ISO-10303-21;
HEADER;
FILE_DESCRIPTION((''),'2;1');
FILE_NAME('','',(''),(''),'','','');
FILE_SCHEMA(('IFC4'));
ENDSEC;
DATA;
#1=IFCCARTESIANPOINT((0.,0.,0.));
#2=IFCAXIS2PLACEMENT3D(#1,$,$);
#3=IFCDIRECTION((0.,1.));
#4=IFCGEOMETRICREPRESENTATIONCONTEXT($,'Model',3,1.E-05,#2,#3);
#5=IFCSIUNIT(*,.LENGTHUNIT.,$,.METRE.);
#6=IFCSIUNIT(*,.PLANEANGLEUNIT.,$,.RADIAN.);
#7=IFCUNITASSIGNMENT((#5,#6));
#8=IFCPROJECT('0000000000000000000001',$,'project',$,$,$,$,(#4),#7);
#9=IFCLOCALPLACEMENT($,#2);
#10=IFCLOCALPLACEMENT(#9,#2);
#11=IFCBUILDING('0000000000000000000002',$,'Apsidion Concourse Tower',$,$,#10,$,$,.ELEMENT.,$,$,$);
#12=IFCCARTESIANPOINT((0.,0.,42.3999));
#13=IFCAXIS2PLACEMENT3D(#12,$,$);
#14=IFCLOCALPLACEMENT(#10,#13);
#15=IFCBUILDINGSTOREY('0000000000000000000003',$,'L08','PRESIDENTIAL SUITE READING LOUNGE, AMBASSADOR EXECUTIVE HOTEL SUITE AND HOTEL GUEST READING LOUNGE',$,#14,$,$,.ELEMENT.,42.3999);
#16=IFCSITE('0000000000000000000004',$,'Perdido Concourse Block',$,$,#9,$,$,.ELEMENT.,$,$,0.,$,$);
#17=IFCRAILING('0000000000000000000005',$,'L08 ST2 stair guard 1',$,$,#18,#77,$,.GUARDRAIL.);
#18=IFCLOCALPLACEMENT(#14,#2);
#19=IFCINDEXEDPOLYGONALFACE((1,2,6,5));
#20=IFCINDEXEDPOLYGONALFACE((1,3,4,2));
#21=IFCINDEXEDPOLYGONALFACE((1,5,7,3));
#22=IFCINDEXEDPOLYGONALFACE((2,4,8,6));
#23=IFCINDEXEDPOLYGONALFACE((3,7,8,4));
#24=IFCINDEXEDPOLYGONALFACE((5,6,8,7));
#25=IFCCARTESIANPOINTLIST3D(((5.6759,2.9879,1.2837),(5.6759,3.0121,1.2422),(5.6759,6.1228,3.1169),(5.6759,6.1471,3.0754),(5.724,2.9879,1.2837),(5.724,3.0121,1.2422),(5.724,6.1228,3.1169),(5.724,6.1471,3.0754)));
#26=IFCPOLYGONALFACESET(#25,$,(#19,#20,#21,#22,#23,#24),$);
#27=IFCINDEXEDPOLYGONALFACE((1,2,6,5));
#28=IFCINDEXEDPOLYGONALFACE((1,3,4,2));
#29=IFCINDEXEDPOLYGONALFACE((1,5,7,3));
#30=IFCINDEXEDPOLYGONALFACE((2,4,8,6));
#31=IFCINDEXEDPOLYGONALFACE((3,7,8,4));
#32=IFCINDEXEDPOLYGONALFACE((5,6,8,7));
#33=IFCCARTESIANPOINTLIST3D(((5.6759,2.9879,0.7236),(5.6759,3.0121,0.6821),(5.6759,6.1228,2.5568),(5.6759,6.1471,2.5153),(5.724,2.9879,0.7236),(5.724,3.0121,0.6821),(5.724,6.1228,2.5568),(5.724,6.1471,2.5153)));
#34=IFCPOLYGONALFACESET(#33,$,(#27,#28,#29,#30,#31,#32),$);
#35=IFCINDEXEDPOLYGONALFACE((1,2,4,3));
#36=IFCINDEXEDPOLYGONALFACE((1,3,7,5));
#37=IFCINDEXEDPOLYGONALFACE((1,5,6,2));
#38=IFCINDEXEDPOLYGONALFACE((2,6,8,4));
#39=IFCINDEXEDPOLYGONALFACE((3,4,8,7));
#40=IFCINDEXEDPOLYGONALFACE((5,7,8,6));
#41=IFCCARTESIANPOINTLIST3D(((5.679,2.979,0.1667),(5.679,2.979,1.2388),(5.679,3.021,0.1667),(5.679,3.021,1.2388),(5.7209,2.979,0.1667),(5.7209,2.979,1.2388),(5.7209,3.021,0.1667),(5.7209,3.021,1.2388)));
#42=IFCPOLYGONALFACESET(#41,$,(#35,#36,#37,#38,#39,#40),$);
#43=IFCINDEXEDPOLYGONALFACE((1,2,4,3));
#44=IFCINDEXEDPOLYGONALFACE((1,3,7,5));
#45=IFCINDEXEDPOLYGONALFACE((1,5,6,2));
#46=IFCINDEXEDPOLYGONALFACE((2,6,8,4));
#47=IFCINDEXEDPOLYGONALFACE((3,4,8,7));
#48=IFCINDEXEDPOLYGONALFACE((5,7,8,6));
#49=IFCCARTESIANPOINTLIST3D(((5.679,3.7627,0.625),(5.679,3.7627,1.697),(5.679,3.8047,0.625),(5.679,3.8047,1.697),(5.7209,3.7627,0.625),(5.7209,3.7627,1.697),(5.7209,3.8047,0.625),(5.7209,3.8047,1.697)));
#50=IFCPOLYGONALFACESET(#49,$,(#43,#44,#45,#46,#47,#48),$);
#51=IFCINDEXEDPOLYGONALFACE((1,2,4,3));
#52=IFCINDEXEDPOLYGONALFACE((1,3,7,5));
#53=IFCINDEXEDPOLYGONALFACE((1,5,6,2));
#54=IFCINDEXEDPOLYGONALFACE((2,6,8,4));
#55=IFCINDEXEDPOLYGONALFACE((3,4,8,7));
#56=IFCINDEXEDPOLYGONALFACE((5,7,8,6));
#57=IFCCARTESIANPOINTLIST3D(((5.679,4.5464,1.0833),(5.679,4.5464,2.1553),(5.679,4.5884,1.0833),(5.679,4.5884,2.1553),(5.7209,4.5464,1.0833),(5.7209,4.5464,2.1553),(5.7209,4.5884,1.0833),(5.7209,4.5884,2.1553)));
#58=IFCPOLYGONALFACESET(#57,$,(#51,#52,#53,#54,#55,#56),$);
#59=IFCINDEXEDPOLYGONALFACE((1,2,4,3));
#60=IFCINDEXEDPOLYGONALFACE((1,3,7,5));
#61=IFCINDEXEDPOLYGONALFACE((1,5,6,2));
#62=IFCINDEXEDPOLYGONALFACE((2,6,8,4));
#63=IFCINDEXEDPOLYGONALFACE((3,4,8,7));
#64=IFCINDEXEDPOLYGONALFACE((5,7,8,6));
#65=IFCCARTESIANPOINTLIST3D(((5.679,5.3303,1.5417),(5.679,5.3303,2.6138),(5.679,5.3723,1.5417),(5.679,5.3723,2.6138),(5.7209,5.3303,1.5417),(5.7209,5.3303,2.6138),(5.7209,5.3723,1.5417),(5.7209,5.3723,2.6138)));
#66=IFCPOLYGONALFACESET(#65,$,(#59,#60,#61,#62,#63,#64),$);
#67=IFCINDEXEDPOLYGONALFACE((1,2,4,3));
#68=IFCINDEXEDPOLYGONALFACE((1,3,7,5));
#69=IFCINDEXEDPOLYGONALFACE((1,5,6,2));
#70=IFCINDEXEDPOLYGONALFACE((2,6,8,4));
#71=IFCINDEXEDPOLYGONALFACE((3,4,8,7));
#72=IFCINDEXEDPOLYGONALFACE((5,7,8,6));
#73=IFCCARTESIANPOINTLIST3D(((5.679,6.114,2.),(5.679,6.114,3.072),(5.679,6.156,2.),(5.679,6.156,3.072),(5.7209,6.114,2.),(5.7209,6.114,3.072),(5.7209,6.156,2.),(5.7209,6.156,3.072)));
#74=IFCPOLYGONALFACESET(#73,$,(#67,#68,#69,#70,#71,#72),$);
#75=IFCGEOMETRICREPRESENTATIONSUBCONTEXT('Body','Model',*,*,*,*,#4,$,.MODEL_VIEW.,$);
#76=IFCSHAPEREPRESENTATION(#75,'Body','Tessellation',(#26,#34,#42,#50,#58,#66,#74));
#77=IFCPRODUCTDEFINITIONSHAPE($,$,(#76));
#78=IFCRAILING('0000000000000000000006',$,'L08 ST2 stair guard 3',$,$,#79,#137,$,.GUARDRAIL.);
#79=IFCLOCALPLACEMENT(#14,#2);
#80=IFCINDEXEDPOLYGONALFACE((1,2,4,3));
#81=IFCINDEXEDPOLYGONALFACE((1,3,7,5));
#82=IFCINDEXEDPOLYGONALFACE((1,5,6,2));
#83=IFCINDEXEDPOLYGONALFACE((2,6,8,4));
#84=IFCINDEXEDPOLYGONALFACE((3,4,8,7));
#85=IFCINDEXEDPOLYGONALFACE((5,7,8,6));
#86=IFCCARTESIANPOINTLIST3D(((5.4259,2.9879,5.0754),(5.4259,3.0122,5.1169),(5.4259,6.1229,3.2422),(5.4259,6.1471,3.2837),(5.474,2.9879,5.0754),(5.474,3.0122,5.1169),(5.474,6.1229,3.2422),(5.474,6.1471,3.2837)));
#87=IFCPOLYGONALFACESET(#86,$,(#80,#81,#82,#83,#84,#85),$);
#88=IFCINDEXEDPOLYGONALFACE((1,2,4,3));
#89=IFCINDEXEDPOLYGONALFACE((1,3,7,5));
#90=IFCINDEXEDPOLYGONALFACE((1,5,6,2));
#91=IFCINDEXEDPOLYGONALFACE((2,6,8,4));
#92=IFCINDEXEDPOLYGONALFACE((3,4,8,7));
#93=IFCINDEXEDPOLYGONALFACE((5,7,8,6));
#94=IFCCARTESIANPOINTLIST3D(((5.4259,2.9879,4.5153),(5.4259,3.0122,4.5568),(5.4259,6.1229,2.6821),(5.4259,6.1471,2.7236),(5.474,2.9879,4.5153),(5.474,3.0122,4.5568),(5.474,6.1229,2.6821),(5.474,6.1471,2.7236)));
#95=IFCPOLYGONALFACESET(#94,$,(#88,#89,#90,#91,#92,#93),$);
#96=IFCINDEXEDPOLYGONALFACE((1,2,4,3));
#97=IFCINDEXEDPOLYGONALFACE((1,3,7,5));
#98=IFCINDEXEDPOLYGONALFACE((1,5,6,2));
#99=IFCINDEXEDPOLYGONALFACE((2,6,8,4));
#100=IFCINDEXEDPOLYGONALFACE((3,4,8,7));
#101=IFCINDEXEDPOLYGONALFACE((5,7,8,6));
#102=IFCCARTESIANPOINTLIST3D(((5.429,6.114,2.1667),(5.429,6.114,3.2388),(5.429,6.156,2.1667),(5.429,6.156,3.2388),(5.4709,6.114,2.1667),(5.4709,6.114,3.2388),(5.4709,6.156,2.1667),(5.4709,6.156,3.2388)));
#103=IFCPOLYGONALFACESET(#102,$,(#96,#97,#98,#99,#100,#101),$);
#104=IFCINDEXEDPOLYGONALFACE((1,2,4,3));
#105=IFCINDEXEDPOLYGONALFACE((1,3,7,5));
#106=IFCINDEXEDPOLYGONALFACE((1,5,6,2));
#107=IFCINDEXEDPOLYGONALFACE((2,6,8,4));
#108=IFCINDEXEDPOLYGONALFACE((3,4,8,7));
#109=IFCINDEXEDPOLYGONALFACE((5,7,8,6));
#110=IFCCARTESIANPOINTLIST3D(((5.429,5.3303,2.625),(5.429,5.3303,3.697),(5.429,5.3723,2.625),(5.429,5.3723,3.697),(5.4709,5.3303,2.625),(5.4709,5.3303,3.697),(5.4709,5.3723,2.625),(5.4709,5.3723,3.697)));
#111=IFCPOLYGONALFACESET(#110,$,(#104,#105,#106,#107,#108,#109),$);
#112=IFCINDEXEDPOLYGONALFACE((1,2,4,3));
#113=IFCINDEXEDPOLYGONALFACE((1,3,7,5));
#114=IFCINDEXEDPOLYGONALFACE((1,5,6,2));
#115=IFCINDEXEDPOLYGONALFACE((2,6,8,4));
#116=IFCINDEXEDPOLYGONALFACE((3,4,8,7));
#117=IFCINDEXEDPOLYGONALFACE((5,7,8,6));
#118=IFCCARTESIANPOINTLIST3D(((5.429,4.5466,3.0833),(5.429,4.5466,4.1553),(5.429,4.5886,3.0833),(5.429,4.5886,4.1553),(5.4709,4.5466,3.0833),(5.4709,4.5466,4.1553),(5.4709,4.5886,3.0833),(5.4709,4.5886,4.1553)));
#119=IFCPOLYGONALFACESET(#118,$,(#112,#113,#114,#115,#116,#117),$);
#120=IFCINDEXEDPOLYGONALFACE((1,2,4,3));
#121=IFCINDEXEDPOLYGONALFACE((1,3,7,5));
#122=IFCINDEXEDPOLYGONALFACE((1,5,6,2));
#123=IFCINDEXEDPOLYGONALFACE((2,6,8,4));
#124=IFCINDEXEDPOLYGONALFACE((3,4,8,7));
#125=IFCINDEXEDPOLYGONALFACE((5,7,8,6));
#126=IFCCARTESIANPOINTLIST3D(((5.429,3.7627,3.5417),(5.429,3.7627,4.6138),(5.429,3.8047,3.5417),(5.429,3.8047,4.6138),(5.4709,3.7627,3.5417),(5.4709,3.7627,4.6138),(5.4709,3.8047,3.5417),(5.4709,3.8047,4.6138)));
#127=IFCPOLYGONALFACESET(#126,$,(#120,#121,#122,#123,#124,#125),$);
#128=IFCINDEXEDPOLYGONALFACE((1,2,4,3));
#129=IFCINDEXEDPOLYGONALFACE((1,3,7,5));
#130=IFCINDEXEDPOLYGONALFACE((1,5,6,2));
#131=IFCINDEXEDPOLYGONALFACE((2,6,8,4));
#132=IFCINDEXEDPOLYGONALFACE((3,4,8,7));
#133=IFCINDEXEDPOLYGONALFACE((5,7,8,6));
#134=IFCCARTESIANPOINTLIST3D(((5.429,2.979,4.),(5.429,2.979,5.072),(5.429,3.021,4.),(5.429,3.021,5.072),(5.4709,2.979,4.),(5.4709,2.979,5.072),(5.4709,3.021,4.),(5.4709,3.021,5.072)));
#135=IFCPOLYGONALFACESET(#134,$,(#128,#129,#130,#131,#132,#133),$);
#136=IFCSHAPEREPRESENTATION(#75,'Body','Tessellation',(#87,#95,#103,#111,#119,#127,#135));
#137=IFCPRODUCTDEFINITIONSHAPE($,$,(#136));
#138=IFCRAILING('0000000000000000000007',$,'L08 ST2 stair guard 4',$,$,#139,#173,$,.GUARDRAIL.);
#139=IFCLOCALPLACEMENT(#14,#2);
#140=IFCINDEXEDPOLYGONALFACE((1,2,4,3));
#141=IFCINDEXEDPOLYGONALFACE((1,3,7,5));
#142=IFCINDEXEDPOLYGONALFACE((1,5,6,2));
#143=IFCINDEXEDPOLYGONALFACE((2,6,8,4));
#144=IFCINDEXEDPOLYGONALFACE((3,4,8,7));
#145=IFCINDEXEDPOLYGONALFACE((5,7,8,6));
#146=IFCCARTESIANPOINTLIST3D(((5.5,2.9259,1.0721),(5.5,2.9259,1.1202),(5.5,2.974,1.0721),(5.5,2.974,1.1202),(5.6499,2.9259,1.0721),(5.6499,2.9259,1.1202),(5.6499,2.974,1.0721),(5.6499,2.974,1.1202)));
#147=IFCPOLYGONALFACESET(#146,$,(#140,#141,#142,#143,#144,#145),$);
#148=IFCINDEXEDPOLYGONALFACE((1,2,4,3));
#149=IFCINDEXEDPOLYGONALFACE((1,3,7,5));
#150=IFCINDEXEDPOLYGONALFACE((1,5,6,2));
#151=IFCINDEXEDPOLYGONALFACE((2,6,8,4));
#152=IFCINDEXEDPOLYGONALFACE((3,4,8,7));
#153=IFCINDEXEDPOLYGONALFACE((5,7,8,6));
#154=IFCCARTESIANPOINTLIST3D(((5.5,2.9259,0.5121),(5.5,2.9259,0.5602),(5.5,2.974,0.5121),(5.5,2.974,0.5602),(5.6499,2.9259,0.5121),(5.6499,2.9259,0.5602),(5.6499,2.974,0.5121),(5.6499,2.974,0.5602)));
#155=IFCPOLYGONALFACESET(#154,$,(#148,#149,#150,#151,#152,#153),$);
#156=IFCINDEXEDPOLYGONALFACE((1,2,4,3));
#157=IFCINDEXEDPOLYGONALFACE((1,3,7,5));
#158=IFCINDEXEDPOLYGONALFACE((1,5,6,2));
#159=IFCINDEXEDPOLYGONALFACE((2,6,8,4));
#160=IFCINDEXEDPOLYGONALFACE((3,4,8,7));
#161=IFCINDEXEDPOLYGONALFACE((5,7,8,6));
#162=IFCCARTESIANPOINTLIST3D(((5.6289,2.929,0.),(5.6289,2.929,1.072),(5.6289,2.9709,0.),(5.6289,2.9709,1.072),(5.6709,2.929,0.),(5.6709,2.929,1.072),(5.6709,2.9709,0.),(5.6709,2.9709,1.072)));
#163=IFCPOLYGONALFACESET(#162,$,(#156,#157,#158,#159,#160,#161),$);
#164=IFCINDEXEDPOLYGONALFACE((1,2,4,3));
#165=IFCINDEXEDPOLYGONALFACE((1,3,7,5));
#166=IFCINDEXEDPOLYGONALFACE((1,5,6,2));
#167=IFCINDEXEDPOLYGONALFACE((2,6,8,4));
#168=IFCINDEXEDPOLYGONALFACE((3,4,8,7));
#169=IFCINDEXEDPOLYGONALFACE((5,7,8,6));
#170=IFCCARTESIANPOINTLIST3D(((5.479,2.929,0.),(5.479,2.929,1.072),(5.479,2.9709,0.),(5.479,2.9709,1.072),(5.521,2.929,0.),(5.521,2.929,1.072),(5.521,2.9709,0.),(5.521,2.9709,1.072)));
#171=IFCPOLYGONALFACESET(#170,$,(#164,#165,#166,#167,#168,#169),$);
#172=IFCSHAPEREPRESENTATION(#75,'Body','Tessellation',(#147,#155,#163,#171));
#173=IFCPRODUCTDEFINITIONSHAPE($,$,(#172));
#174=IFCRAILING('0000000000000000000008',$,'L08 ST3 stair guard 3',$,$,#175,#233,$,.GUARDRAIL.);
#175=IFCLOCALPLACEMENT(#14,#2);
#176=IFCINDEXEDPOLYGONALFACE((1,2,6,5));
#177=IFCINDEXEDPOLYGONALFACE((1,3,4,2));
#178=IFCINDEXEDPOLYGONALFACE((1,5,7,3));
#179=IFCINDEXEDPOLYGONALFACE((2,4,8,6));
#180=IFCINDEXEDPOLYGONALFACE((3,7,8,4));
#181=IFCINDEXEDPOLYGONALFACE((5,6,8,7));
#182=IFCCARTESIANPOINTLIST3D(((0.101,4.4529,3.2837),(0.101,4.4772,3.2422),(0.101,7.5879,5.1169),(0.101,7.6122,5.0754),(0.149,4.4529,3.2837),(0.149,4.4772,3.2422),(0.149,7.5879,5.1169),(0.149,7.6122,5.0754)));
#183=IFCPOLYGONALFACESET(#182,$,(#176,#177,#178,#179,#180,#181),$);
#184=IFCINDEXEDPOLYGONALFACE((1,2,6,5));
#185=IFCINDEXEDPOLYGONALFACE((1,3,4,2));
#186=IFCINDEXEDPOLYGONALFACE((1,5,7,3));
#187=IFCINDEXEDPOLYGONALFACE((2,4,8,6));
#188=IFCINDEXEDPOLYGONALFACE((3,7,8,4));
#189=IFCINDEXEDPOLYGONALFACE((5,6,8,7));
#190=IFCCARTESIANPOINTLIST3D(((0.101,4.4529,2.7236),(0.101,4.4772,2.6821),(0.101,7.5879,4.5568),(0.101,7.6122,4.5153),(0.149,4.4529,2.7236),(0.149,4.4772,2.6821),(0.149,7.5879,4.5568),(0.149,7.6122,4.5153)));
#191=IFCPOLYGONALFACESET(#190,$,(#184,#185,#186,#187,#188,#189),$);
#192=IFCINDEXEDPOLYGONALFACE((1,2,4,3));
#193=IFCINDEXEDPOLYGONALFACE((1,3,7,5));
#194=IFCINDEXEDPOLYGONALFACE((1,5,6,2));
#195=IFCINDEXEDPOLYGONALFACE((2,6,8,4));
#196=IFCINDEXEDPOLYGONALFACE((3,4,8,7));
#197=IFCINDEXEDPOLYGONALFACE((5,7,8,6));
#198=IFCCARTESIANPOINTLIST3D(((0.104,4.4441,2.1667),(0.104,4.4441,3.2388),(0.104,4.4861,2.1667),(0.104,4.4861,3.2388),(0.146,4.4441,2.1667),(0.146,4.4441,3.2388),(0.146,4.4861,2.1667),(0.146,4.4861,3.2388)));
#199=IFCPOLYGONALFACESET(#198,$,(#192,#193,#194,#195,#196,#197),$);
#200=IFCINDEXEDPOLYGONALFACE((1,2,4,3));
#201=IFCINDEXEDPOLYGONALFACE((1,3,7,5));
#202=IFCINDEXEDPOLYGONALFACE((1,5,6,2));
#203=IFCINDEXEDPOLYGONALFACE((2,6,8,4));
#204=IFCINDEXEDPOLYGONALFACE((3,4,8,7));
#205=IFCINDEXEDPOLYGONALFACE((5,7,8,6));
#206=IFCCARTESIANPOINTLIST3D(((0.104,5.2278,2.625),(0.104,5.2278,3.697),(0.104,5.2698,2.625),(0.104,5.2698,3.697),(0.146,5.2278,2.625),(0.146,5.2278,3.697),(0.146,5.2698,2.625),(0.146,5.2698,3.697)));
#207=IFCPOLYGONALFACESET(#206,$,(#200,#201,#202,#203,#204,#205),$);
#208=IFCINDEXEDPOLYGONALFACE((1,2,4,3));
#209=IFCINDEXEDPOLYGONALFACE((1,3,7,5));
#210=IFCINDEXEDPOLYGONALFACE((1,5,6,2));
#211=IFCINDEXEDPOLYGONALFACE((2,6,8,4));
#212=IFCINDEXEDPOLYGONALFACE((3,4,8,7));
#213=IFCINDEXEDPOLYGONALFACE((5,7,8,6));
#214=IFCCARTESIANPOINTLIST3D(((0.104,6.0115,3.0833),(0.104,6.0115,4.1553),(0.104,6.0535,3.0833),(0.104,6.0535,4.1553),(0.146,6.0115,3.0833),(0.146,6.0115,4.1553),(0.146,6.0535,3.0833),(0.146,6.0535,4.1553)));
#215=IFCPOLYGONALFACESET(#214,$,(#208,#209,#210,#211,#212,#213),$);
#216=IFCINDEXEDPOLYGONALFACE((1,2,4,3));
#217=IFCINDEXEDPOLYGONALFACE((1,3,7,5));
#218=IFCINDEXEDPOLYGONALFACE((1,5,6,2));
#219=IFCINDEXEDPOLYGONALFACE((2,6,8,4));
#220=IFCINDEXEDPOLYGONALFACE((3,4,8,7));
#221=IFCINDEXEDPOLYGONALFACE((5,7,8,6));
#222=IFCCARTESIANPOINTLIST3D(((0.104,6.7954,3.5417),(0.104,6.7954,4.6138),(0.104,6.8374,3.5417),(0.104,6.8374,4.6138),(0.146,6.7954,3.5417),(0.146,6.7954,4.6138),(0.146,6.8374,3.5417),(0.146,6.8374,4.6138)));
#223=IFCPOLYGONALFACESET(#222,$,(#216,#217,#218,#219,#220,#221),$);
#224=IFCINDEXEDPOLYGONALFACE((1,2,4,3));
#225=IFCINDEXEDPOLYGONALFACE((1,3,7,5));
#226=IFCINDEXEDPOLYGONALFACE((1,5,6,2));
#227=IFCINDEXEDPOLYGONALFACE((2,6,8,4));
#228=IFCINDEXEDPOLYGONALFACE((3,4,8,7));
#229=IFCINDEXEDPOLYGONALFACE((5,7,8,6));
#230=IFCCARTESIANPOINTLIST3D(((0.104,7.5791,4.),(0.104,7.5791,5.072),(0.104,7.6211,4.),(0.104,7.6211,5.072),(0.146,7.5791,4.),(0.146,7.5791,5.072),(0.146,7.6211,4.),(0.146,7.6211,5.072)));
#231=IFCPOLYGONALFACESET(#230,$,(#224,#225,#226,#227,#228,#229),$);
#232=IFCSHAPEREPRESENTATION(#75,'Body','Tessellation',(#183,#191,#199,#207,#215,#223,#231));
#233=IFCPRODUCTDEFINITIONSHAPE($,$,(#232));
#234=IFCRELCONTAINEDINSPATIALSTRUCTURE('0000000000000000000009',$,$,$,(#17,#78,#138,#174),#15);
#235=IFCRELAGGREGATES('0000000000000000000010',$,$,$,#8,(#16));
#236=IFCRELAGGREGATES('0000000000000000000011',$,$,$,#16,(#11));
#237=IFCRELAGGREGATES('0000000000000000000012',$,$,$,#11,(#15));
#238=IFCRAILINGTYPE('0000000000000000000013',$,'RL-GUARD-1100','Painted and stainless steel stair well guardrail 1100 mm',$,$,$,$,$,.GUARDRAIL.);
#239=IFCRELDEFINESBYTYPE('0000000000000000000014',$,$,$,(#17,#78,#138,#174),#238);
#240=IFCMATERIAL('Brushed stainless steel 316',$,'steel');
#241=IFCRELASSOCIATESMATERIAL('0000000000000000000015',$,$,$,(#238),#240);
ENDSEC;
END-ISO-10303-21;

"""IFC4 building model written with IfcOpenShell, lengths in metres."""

from ifc_helpers import new_model, si_unit, direction, frame, origin, origin_2d, place, context, subcontext, project, spatial, rectangle, extrude, material, type_object, element, save


model = new_model("IFC4")

# Units and contexts
model_context = context("Model", 3, precision=1e-05, world=origin(), true_north=direction((0.0, 1.0)))
body_context = subcontext(model_context, "Body", "Model", "MODEL_VIEW")
ifc_project = project(units=[si_unit("LENGTHUNIT", "METRE"), si_unit("PLANEANGLEUNIT", "RADIAN")], contexts=[model_context])

# Site, building, storey
site_placement = place(None, origin())
site = spatial("IfcSite", under=ifc_project, at=site_placement, Name="Perdido Concourse Block", CompositionType="ELEMENT", RefElevation=0.0)
building_placement = place(site_placement, origin())
building = spatial("IfcBuilding", under=site, at=building_placement, Name="Apsidion Concourse Tower", CompositionType="ELEMENT")
storey_placement = place(building_placement, frame((0.0, 0.0, 42.3999)))
storey = spatial("IfcBuildingStorey", under=building, at=storey_placement, Name="L08", Description="PRESIDENTIAL SUITE READING LOUNGE, AMBASSADOR EXECUTIVE HOTEL SUITE AND HOTEL GUEST READING LOUNGE", CompositionType="ELEMENT", Elevation=42.3999)

# Railings
ifc_material_1 = material(Name="Brushed stainless steel 316", Category="steel")
railing_type_1 = type_object("IfcRailingType", Name="RL-GUARD-1100", Description="Painted and stainless steel stair well guardrail 1100 mm", PredefinedType="GUARDRAIL", material=ifc_material_1)
railing_1_placement = place(storey_placement, frame((5.7, 3.0, 0.1667)))
element("IfcRailing", 1, at=railing_1_placement, inside=storey, type_object=railing_type_1, Name="L08 ST2 stair guard 1", PredefinedType="GUARDRAIL", context=body_context, shape_type="SweptSolid", body=[
    extrude(rectangle(XDim=0.0481, YDim=0.0481, at=origin_2d()), frame((0.0, 0.0, 1.0962), z_axis=(0.0, 0.86324, 0.504794), x_axis=(-1.0, 0.0, 0.0)), (0.0, 0.0, 1.0), 3.6316),
    extrude(rectangle(XDim=0.0481, YDim=0.0481, at=origin_2d()), frame((0.0, 0.0, 0.5361), z_axis=(0.0, 0.86324, 0.504794), x_axis=(-1.0, 0.0, 0.0)), (0.0, 0.0, 1.0), 3.6316),
    extrude(rectangle(XDim=0.042, YDim=0.042, at=origin_2d()), origin(), (0.0, 0.0, 1.0), 1.072),
    extrude(rectangle(XDim=0.042, YDim=0.042, at=origin_2d()), frame((0.0, 0.7837, 0.4583)), (0.0, 0.0, 1.0), 1.072),
    extrude(rectangle(XDim=0.042, YDim=0.042, at=origin_2d()), frame((0.0, 1.5674, 0.9165)), (0.0, 0.0, 1.0), 1.072),
    extrude(rectangle(XDim=0.042, YDim=0.042, at=origin_2d()), frame((0.0, 2.3513, 1.375)), (0.0, 0.0, 1.0), 1.072),
    extrude(rectangle(XDim=0.042, YDim=0.042, at=origin_2d()), frame((0.0, 3.135, 1.8333)), (0.0, 0.0, 1.0), 1.072),
])
railing_2_placement = place(storey_placement, frame((5.45, 6.135, 2.1667)))
element("IfcRailing", 2, at=railing_2_placement, inside=storey, type_object=railing_type_1, Name="L08 ST2 stair guard 3", PredefinedType="GUARDRAIL", context=body_context, shape_type="SweptSolid", body=[
    extrude(rectangle(XDim=0.0481, YDim=0.0481, at=origin_2d()), frame((0.0, 0.0, 1.0962), z_axis=(0.0, -0.86324, 0.504794), x_axis=(1.0, 0.0, 0.0)), (0.0, 0.0, 1.0), 3.6316),
    extrude(rectangle(XDim=0.0481, YDim=0.0481, at=origin_2d()), frame((0.0, 0.0, 0.5361), z_axis=(0.0, -0.86324, 0.504794), x_axis=(1.0, 0.0, 0.0)), (0.0, 0.0, 1.0), 3.6316),
    extrude(rectangle(XDim=0.042, YDim=0.042, at=origin_2d()), origin(), (0.0, 0.0, 1.0), 1.072),
    extrude(rectangle(XDim=0.042, YDim=0.042, at=origin_2d()), frame((0.0, -0.7837, 0.4583)), (0.0, 0.0, 1.0), 1.072),
    extrude(rectangle(XDim=0.042, YDim=0.042, at=origin_2d()), frame((0.0, -1.5674, 0.9165)), (0.0, 0.0, 1.0), 1.072),
    extrude(rectangle(XDim=0.042, YDim=0.042, at=origin_2d()), frame((0.0, -2.3513, 1.375)), (0.0, 0.0, 1.0), 1.072),
    extrude(rectangle(XDim=0.042, YDim=0.042, at=origin_2d()), frame((0.0, -3.135, 1.8333)), (0.0, 0.0, 1.0), 1.072),
])
railing_3_placement = place(storey_placement, frame((5.6499, 2.95, 0.0)))
element("IfcRailing", 3, at=railing_3_placement, inside=storey, type_object=railing_type_1, Name="L08 ST2 stair guard 4", PredefinedType="GUARDRAIL", context=body_context, shape_type="SweptSolid", body=[
    extrude(rectangle(XDim=0.0481, YDim=0.0481, at=origin_2d()), frame((0.0, 0.0, 1.0962), z_axis=(-1.0, 0.0, 0.0), x_axis=(0.0, -1.0, 0.0)), (0.0, 0.0, 1.0), 0.1499),
    extrude(rectangle(XDim=0.0481, YDim=0.0481, at=origin_2d()), frame((0.0, 0.0, 0.5361), z_axis=(-1.0, 0.0, 0.0), x_axis=(0.0, -1.0, 0.0)), (0.0, 0.0, 1.0), 0.1499),
    extrude(rectangle(XDim=0.042, YDim=0.042, at=origin_2d()), origin(), (0.0, 0.0, 1.0), 1.072),
    extrude(rectangle(XDim=0.042, YDim=0.042, at=origin_2d()), frame((-0.1499, 0.0, 0.0)), (0.0, 0.0, 1.0), 1.072),
])
railing_4_placement = place(storey_placement, frame((0.125, 4.4651, 2.1667)))
element("IfcRailing", 4, at=railing_4_placement, inside=storey, type_object=railing_type_1, Name="L08 ST3 stair guard 3", PredefinedType="GUARDRAIL", context=body_context, shape_type="SweptSolid", body=[
    extrude(rectangle(XDim=0.0481, YDim=0.0481, at=origin_2d()), frame((0.0, 0.0, 1.0962), z_axis=(0.0, 0.86324, 0.504794), x_axis=(-1.0, 0.0, 0.0)), (0.0, 0.0, 1.0), 3.6316),
    extrude(rectangle(XDim=0.0481, YDim=0.0481, at=origin_2d()), frame((0.0, 0.0, 0.5361), z_axis=(0.0, 0.86324, 0.504794), x_axis=(-1.0, 0.0, 0.0)), (0.0, 0.0, 1.0), 3.6316),
    extrude(rectangle(XDim=0.042, YDim=0.042, at=origin_2d()), origin(), (0.0, 0.0, 1.0), 1.072),
    extrude(rectangle(XDim=0.042, YDim=0.042, at=origin_2d()), frame((0.0, 0.7837, 0.4583)), (0.0, 0.0, 1.0), 1.072),
    extrude(rectangle(XDim=0.042, YDim=0.042, at=origin_2d()), frame((0.0, 1.5674, 0.9165)), (0.0, 0.0, 1.0), 1.072),
    extrude(rectangle(XDim=0.042, YDim=0.042, at=origin_2d()), frame((0.0, 2.3513, 1.375)), (0.0, 0.0, 1.0), 1.072),
    extrude(rectangle(XDim=0.042, YDim=0.042, at=origin_2d()), frame((0.0, 3.135, 1.8333)), (0.0, 0.0, 1.0), 1.072),
])

save(model, "model.ifc")
